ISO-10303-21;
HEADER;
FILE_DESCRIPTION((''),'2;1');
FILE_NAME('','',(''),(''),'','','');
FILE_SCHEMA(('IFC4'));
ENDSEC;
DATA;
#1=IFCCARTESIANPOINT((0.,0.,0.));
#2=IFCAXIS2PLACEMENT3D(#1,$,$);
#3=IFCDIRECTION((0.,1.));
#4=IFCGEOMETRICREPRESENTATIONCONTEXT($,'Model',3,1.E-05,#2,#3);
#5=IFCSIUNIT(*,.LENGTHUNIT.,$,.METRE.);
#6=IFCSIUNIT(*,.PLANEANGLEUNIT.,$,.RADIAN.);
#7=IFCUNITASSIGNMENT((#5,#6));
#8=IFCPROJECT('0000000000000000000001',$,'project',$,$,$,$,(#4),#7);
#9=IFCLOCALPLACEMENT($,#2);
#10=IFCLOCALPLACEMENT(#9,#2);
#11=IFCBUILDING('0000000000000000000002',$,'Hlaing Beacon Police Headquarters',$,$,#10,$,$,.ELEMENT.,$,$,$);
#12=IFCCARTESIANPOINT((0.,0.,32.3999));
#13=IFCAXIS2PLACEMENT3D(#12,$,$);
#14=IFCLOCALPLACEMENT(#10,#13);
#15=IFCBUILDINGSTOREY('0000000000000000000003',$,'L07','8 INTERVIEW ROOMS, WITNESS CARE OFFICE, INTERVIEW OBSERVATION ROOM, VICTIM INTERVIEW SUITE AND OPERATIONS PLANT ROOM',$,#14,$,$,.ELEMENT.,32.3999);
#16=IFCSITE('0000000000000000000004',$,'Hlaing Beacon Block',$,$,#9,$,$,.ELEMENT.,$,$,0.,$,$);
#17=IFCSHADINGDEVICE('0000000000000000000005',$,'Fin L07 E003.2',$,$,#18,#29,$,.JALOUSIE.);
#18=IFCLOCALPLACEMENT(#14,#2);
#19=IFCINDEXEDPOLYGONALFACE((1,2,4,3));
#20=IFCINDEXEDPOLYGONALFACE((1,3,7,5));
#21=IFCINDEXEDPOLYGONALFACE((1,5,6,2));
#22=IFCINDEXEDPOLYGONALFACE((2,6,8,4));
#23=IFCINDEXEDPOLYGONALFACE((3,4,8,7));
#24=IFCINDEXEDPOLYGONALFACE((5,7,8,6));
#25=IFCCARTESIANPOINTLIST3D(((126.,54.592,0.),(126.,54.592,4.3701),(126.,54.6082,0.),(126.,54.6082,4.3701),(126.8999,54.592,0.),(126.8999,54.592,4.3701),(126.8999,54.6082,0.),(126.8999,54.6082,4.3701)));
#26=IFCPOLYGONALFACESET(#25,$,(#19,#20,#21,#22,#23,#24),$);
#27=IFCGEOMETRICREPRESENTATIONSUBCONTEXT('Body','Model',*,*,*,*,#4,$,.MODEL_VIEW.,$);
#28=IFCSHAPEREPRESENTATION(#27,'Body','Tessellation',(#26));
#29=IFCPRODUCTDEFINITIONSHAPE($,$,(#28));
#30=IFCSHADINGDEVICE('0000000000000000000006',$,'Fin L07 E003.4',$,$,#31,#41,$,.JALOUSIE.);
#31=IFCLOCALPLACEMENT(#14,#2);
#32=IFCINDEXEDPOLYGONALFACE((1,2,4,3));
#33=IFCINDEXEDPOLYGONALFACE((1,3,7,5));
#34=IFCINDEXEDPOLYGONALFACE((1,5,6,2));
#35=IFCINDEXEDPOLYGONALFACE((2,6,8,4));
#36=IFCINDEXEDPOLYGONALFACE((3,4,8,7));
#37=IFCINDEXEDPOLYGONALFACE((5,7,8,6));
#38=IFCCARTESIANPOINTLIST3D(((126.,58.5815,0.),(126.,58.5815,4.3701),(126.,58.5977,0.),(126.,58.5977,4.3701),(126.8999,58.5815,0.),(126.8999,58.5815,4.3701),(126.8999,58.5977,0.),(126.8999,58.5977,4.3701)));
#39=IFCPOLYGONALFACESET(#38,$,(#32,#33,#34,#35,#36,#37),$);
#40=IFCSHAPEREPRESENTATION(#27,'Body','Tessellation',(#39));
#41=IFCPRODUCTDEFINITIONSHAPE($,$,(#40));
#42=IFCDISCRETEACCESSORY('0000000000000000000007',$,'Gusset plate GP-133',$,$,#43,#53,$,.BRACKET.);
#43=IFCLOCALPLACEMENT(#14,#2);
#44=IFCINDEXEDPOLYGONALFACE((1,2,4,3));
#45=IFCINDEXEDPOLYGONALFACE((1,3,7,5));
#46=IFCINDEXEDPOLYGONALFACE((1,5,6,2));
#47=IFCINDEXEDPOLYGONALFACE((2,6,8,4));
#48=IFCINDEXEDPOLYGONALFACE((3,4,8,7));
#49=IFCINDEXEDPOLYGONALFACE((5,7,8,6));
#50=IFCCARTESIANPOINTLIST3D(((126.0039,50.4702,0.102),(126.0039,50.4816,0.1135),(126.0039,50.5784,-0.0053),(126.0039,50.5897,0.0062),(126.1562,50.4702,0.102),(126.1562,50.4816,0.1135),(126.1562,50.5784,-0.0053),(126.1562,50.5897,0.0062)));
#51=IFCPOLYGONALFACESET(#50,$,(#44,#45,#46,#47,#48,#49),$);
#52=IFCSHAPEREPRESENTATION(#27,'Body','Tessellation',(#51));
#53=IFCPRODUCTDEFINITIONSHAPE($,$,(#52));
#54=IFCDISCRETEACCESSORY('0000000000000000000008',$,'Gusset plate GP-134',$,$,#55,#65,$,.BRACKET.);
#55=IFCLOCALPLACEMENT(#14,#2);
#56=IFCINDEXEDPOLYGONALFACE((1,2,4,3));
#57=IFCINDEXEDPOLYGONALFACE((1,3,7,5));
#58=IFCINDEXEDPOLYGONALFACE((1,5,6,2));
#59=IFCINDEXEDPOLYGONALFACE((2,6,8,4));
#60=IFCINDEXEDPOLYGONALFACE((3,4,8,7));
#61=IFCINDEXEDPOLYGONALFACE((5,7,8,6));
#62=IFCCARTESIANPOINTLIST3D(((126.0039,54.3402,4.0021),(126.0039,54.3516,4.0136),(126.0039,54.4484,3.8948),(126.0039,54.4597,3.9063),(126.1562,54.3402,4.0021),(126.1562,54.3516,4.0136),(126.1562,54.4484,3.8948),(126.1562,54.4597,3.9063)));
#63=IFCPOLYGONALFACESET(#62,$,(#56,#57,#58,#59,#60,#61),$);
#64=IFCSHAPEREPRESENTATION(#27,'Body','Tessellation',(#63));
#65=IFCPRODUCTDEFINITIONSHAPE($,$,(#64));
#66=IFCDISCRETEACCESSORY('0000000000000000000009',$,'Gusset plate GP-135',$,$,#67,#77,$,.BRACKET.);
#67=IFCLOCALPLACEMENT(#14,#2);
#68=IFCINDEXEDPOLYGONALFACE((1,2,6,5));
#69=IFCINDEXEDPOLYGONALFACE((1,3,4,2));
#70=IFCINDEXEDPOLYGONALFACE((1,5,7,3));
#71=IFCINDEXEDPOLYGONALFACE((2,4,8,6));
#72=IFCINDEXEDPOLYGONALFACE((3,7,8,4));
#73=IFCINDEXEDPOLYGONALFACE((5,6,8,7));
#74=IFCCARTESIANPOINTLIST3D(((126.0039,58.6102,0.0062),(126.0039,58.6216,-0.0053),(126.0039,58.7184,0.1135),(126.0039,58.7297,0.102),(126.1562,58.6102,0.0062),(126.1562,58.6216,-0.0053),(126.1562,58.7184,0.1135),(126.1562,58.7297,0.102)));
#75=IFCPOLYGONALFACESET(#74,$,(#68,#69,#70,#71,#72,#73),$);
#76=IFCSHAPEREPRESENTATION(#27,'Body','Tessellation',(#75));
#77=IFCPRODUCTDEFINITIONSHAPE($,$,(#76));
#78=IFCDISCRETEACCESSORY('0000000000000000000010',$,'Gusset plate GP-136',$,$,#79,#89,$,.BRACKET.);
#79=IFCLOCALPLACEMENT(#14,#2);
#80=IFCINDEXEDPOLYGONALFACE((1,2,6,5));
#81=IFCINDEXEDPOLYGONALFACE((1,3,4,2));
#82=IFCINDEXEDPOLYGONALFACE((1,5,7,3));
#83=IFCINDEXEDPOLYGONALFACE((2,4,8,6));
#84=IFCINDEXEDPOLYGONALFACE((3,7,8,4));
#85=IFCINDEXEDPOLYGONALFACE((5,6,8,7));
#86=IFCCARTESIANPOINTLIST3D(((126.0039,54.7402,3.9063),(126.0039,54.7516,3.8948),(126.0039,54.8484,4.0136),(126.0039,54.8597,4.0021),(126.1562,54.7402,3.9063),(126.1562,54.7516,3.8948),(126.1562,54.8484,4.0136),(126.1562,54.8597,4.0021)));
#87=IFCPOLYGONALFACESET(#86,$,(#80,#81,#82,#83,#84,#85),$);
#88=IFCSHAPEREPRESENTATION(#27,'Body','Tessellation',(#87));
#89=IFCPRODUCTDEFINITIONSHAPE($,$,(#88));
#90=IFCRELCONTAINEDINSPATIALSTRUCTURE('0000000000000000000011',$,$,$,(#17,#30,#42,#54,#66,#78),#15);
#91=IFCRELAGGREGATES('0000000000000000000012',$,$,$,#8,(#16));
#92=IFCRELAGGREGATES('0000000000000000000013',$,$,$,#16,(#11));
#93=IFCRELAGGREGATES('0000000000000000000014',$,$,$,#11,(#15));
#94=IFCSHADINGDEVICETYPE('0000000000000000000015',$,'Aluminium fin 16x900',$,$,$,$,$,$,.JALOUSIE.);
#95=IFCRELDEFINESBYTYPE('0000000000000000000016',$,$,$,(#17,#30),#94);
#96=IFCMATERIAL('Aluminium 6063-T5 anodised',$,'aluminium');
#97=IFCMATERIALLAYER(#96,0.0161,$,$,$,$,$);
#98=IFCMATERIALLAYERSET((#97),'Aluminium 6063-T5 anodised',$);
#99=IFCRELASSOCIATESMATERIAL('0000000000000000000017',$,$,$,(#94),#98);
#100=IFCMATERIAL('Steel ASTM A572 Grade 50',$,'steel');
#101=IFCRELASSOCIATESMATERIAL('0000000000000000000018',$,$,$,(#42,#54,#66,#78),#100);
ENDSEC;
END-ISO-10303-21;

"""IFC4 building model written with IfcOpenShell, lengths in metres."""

from ifc_helpers import new_model, si_unit, direction, frame, origin, origin_2d, place, context, subcontext, project, spatial, rectangle, extrude, material, layer, layer_set, type_object, element, save


model = new_model("IFC4")

# Units and contexts
model_context = context("Model", 3, precision=1e-05, world=origin(), true_north=direction((0.0, 1.0)))
body_context = subcontext(model_context, "Body", "Model", "MODEL_VIEW")
ifc_project = project(units=[si_unit("LENGTHUNIT", "METRE"), si_unit("PLANEANGLEUNIT", "RADIAN")], contexts=[model_context])

# Site, building, storey
site_placement = place(None, origin())
site = spatial("IfcSite", under=ifc_project, at=site_placement, Name="Hlaing Beacon Block", CompositionType="ELEMENT", RefElevation=0.0)
building_placement = place(site_placement, origin())
building = spatial("IfcBuilding", under=site, at=building_placement, Name="Hlaing Beacon Police Headquarters", CompositionType="ELEMENT")
storey_placement = place(building_placement, frame((0.0, 0.0, 32.3999)))
storey = spatial("IfcBuildingStorey", under=building, at=storey_placement, Name="L07", Description="8 INTERVIEW ROOMS, WITNESS CARE OFFICE, INTERVIEW OBSERVATION ROOM, VICTIM INTERVIEW SUITE AND OPERATIONS PLANT ROOM", CompositionType="ELEMENT", Elevation=32.3999)

# Shading devices
ifc_material_1 = material(Name="Aluminium 6063-T5 anodised", Category="aluminium")
ifc_layer_1 = layer(ifc_material_1, 0.0161)
ifc_layer_set_1 = layer_set([ifc_layer_1], Name="Aluminium 6063-T5 anodised")
shading_device_type = type_object("IfcShadingDeviceType", Name="Aluminium fin 16x900", PredefinedType="JALOUSIE", material=ifc_layer_set_1)
for number, where, z_axis, x_axis, name in (
    (1, (126.45, 54.6001, 0.0), (0.0, 0.0, 1.0), (0.0, 1.0, 0.0), "Fin L07 E003.2"),
    (2, (126.45, 58.5896, 0.0), (0.0, 0.0, 1.0), (0.0, 1.0, 0.0), "Fin L07 E003.4"),
):
    element("IfcShadingDevice", number, at=place(storey_placement, frame(where, z_axis=z_axis, x_axis=x_axis)), inside=storey, type_object=shading_device_type, Name=name, PredefinedType="JALOUSIE", context=body_context, shape_type="SweptSolid", body=[
        extrude(rectangle(XDim=0.0161, YDim=0.8999, at=origin_2d()), origin(), (0.0, 0.0, 1.0), 4.3701),
    ])

# Discrete accessories
ifc_material_2 = material(Name="Steel ASTM A572 Grade 50", Category="steel")
for number, where, z_axis, x_axis, name in (
    (3, (126.0801, 50.5356, 0.0598), (0.0, -0.704369, -0.709834), (1.0, 0.0, 0.0), "Gusset plate GP-133"),
    (4, (126.0801, 54.3943, 3.9485), (0.0, 0.704369, 0.709834), (-1.0, 0.0, 0.0), "Gusset plate GP-134"),
    (5, (126.0801, 58.6643, 0.0598), (0.0, 0.704369, -0.709834), (-1.0, 0.0, 0.0), "Gusset plate GP-135"),
    (6, (126.0801, 54.8057, 3.9485), (0.0, -0.704369, 0.709834), (1.0, 0.0, 0.0), "Gusset plate GP-136"),
):
    element("IfcDiscreteAccessory", number, at=place(storey_placement, frame(where, z_axis=z_axis, x_axis=x_axis)), inside=storey, material=ifc_material_2, Name=name, PredefinedType="BRACKET", context=body_context, shape_type="SweptSolid", body=[
        extrude(rectangle(XDim=0.1523, YDim=0.1523, at=origin_2d()), origin(), (0.0, 0.0, 1.0), 0.0161),
    ])

save(model, "model.ifc")
